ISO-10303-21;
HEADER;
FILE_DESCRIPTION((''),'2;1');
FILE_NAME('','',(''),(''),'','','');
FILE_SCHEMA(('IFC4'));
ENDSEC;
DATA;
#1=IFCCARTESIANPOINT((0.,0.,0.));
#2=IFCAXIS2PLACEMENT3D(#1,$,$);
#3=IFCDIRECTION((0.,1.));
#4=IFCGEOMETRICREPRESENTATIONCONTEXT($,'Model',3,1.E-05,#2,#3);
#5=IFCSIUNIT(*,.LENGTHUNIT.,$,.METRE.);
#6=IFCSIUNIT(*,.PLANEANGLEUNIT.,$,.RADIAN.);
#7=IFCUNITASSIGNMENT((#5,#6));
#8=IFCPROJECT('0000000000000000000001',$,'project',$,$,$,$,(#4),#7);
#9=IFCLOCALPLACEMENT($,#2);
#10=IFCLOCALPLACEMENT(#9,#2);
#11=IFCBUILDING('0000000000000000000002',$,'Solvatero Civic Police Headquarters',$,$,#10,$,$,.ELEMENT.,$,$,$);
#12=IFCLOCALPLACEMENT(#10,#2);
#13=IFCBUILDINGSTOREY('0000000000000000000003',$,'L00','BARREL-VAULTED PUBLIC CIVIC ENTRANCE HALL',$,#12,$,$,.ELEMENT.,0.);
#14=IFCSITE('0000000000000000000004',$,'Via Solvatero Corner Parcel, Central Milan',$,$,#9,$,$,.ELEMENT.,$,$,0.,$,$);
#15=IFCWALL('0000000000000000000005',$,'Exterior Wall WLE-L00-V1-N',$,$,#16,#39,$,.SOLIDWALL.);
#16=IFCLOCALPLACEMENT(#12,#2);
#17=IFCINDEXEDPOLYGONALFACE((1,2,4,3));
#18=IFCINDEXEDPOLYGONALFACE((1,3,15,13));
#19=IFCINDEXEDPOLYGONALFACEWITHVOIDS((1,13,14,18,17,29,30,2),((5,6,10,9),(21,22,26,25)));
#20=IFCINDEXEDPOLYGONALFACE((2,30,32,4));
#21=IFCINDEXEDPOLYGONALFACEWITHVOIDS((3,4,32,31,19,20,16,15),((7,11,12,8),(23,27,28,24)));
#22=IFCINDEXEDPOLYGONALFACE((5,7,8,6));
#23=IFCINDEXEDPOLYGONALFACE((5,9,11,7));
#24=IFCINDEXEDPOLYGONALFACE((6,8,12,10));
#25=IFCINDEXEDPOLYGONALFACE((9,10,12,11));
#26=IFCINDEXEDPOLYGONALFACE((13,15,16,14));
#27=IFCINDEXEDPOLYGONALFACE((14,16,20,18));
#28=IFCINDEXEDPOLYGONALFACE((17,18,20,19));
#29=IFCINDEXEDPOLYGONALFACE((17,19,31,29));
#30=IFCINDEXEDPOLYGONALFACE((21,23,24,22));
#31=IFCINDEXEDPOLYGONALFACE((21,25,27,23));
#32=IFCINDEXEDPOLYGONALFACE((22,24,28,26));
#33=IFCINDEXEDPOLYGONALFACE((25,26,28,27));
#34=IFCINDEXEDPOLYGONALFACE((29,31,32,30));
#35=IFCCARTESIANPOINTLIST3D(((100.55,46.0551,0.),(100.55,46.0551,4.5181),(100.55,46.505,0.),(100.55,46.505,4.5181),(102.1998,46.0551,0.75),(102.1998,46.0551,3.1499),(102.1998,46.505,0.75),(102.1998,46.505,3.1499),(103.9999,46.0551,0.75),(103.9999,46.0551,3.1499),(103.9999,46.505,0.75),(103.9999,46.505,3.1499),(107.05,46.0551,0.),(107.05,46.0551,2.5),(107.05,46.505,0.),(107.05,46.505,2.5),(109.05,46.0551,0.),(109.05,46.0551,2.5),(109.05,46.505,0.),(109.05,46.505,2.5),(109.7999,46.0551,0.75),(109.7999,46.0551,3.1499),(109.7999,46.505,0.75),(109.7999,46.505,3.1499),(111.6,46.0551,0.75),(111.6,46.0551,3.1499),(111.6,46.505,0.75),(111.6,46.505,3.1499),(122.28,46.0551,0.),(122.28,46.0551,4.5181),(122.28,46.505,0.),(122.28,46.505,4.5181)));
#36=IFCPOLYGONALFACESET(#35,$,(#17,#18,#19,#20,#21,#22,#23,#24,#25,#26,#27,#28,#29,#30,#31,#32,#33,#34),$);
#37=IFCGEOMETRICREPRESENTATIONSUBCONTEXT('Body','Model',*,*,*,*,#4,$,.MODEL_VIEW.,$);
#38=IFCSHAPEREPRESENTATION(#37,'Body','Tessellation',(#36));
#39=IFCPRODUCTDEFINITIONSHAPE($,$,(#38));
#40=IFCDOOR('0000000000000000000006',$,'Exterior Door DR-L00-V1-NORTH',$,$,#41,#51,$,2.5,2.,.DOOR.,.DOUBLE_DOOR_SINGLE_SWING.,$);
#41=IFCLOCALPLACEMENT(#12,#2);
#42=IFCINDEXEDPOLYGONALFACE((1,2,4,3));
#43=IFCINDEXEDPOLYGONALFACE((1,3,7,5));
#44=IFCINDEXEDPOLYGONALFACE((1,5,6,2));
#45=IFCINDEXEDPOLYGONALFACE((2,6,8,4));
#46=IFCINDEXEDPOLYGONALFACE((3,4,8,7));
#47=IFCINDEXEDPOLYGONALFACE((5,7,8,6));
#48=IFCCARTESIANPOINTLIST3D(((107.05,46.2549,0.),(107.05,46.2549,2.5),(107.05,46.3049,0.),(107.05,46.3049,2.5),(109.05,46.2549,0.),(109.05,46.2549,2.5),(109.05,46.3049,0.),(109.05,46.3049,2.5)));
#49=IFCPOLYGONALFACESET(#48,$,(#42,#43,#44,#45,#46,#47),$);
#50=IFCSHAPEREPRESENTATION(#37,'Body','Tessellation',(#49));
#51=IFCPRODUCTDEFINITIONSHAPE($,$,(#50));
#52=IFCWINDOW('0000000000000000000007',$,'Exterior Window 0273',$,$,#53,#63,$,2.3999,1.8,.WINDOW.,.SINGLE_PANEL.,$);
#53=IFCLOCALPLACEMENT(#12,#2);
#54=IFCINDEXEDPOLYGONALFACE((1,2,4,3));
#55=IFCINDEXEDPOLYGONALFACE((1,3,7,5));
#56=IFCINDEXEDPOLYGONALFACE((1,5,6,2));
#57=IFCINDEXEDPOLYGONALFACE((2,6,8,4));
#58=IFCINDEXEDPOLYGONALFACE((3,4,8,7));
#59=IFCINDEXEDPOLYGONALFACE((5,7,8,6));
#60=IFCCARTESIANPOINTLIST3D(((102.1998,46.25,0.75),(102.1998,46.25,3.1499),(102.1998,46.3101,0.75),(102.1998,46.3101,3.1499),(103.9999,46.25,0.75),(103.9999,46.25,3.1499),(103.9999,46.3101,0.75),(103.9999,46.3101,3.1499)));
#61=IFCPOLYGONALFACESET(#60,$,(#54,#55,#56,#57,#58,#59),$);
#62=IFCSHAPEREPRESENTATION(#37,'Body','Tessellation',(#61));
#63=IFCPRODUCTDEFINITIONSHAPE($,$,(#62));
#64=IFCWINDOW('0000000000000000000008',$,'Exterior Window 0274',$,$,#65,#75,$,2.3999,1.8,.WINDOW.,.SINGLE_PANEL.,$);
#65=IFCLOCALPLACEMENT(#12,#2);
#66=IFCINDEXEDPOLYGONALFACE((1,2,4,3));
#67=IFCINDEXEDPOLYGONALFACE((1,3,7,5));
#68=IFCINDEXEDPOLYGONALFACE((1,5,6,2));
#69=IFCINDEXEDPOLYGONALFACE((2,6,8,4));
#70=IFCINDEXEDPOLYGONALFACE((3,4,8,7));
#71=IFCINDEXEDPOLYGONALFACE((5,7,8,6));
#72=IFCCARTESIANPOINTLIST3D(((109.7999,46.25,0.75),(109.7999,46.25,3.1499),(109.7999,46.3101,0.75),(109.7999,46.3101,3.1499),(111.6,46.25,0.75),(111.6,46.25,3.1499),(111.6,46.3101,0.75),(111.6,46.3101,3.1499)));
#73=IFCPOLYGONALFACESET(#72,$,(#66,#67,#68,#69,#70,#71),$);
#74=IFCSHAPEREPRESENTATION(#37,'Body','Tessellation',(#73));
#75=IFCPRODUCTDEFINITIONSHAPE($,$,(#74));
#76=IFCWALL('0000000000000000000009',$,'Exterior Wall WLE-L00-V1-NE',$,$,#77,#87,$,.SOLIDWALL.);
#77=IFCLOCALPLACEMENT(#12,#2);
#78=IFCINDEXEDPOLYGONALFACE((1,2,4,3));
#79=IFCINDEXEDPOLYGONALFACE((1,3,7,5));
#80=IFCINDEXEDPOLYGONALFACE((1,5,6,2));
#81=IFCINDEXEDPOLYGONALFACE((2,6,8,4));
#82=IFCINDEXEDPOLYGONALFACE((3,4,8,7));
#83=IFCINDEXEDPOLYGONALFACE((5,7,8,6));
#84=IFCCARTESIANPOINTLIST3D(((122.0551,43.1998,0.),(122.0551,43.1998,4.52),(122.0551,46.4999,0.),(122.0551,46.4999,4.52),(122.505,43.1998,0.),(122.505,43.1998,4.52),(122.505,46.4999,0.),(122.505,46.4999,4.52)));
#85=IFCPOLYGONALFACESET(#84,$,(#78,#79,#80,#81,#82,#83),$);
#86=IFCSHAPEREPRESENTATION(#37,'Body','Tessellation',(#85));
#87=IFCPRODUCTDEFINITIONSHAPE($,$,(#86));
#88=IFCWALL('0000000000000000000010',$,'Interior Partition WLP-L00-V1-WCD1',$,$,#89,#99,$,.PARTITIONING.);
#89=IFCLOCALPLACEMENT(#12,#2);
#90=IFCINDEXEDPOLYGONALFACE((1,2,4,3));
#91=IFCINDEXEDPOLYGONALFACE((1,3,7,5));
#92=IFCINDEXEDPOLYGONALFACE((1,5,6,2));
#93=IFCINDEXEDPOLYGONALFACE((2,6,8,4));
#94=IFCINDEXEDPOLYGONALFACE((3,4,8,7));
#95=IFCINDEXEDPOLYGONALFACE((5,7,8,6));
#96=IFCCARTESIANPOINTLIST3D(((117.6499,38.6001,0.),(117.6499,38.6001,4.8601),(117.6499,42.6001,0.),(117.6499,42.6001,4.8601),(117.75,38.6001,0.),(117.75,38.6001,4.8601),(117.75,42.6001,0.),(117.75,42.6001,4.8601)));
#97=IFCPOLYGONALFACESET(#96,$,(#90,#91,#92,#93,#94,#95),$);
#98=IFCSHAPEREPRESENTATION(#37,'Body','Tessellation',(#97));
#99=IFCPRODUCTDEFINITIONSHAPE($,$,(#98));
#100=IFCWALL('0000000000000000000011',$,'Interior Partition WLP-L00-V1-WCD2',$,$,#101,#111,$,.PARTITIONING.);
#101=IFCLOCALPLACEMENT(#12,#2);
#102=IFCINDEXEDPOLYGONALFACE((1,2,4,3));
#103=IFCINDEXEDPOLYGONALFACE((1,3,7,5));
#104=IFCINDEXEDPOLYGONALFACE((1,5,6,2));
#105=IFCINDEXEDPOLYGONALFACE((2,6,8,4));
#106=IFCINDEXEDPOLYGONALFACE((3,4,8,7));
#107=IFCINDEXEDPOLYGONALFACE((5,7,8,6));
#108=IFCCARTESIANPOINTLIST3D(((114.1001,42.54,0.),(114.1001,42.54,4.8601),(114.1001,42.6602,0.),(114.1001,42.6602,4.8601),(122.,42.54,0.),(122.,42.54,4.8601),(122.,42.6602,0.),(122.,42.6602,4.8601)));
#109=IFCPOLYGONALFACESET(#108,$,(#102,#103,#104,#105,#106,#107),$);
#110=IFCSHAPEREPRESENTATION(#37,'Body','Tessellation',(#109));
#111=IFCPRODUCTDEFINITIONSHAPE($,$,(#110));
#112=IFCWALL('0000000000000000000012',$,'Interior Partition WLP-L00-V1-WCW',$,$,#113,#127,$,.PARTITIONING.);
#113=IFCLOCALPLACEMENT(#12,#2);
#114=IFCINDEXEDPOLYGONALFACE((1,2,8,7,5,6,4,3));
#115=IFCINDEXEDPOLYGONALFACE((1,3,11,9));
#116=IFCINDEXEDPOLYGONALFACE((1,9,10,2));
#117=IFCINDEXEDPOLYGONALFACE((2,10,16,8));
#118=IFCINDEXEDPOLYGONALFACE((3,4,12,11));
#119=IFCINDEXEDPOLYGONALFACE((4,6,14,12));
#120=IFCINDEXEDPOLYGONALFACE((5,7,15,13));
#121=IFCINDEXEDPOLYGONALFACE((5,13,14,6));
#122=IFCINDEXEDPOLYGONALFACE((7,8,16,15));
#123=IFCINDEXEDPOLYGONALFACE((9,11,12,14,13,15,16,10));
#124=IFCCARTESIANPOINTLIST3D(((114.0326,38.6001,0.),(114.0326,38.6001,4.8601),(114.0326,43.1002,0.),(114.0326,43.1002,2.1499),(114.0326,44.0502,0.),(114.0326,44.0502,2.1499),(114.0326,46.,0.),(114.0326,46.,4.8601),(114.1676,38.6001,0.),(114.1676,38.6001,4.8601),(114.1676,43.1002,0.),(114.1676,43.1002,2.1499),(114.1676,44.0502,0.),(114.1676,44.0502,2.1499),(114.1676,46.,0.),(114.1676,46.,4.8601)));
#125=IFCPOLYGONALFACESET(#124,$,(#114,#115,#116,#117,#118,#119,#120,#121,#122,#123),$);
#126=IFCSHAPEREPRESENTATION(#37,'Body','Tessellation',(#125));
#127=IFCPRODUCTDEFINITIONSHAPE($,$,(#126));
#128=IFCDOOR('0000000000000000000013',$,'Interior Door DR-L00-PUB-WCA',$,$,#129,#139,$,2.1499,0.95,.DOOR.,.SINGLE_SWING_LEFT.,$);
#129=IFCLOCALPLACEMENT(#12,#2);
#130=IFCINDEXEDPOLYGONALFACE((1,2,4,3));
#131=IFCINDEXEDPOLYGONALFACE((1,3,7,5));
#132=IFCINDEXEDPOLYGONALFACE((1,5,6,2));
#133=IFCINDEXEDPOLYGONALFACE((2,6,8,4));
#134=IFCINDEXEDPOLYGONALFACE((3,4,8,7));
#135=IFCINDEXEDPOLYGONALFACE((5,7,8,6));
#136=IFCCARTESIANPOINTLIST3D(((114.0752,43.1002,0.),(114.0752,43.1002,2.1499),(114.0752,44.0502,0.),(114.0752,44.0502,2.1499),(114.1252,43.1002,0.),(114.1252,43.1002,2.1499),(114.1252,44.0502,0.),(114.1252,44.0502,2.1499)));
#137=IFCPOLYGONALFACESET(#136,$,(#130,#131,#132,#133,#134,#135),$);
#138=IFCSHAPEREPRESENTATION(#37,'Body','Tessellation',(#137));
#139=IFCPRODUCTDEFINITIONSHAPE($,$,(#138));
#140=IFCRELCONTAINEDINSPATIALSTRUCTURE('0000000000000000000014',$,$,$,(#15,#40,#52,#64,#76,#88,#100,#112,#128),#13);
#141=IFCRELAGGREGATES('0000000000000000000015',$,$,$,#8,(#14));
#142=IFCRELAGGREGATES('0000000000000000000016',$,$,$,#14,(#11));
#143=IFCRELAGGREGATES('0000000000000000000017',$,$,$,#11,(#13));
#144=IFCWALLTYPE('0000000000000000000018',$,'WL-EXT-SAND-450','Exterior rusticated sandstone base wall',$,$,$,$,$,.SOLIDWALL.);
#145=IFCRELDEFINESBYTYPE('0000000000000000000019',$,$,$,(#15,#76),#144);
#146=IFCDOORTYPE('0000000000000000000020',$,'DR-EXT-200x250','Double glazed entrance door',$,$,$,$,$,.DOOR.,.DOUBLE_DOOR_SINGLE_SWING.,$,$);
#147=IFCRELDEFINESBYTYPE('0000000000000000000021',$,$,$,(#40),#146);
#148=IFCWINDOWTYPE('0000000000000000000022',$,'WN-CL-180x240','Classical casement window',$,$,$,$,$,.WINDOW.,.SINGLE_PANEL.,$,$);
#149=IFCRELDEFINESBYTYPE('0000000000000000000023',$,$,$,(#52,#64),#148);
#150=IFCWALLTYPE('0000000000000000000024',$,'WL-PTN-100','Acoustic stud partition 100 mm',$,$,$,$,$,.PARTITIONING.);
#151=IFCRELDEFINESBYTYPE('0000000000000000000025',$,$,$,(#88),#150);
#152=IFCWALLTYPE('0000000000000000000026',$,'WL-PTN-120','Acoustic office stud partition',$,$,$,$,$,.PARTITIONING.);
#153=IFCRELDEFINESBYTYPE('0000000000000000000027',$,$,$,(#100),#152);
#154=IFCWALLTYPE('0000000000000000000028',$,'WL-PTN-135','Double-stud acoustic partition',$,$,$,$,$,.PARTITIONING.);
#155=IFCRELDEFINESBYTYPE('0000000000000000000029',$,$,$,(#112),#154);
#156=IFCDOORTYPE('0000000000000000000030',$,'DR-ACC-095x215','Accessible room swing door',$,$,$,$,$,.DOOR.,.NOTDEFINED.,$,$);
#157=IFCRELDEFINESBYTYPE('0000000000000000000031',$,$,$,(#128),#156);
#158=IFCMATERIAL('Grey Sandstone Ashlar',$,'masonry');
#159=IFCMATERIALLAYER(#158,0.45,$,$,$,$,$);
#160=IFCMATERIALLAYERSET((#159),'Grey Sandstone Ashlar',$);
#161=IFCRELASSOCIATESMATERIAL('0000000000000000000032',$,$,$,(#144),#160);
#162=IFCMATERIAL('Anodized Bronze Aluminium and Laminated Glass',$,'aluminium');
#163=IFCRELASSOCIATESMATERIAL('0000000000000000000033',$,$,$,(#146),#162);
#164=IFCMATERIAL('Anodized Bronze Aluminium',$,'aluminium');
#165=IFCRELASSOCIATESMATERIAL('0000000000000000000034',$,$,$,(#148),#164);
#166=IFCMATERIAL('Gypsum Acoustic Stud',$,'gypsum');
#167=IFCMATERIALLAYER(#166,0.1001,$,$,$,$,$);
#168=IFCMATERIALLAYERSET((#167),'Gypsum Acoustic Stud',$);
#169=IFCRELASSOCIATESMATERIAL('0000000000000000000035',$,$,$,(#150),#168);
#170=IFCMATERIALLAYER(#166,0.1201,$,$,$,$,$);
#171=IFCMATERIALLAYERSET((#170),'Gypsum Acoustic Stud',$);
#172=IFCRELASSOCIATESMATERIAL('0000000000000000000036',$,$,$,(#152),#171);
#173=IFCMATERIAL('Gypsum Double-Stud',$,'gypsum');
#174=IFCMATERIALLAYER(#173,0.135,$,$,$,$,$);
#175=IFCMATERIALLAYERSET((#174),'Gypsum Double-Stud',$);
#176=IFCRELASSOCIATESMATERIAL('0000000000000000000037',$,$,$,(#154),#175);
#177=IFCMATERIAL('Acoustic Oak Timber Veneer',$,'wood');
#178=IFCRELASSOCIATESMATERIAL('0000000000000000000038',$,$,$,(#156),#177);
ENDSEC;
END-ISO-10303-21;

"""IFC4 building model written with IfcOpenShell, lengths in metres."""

from ifc_helpers import new_model, si_unit, direction, frame, frame_2d, origin, place, context, subcontext, project, spatial, rectangle, extrude, material, layer, layer_set, type_object, element, fill, save


model = new_model("IFC4")

# Units and contexts
model_context = context("Model", 3, precision=1e-05, world=origin(), true_north=direction((0.0, 1.0)))
body_context = subcontext(model_context, "Body", "Model", "MODEL_VIEW")
ifc_project = project(units=[si_unit("LENGTHUNIT", "METRE"), si_unit("PLANEANGLEUNIT", "RADIAN")], contexts=[model_context])

# Site, building, storey
site_placement = place(None, origin())
site = spatial("IfcSite", under=ifc_project, at=site_placement, Name="Via Solvatero Corner Parcel, Central Milan", CompositionType="ELEMENT", RefElevation=0.0)
building_placement = place(site_placement, origin())
building = spatial("IfcBuilding", under=site, at=building_placement, Name="Solvatero Civic Police Headquarters", CompositionType="ELEMENT")
storey_placement = place(building_placement, origin())
storey = spatial("IfcBuildingStorey", under=building, at=storey_placement, Name="L00", Description="BARREL-VAULTED PUBLIC CIVIC ENTRANCE HALL", CompositionType="ELEMENT", Elevation=0.0)

# Wall, openings, door, windows
ifc_material_1 = material(Name="Grey Sandstone Ashlar", Category="masonry")
ifc_layer_1 = layer(ifc_material_1, 0.45)
ifc_layer_set_1 = layer_set([ifc_layer_1], Name="Grey Sandstone Ashlar")
wall_type_1 = type_object("IfcWallType", Name="WL-EXT-SAND-450", Description="Exterior rusticated sandstone base wall", PredefinedType="SOLIDWALL", material=ifc_layer_set_1)
ifc_material_2 = material(Name="Anodized Bronze Aluminium and Laminated Glass", Category="aluminium")
ifc_material_3 = material(Name="Anodized Bronze Aluminium", Category="aluminium")
wall_1_placement = place(storey_placement, frame((100.55, 46.28, 0.0), z_axis=(0.0, 0.0, 1.0), x_axis=(1.0, 0.0, 0.0)))
wall_1 = element("IfcWall", 1, at=wall_1_placement, inside=storey, type_object=wall_type_1, Name="Exterior Wall WLE-L00-V1-N", PredefinedType="SOLIDWALL", context=body_context, shape_type="SweptSolid", body=[
    extrude(rectangle(XDim=21.73, YDim=0.45, at=frame_2d((10.865, 0.0))), origin(), (0.0, 0.0, 1.0), 4.5181),
])
opening_1_placement = place(wall_1_placement, frame((6.5, 0.0, 0.0)))
opening_1 = element("IfcOpeningElement", 2, at=opening_1_placement, cuts=wall_1, PredefinedType="OPENING", context=body_context, shape_type="SweptSolid", body=[
    extrude(rectangle(XDim=2.0, YDim=2.5, at=frame_2d((1.0, 1.25))), frame((0.0, 0.2349, 0.0), z_axis=(0.0, -1.0, 0.0), x_axis=(1.0, 0.0, 0.0)), (0.0, 0.0, 1.0), 0.47),
])
opening_2_placement = place(wall_1_placement, frame((1.6499, 0.0, 0.75)))
opening_2 = element("IfcOpeningElement", 3, at=opening_2_placement, cuts=wall_1, PredefinedType="OPENING", context=body_context, shape_type="SweptSolid", body=[
    extrude(rectangle(XDim=1.8, YDim=2.3999, at=frame_2d((0.8999, 1.2))), frame((0.0, 0.2349, 0.0), z_axis=(0.0, -1.0, 0.0), x_axis=(1.0, 0.0, 0.0)), (0.0, 0.0, 1.0), 0.47),
])
opening_3_placement = place(wall_1_placement, frame((9.25, 0.0, 0.75)))
opening_3 = element("IfcOpeningElement", 4, at=opening_3_placement, cuts=wall_1, PredefinedType="OPENING", context=body_context, shape_type="SweptSolid", body=[
    extrude(rectangle(XDim=1.8, YDim=2.3999, at=frame_2d((0.8999, 1.2))), frame((0.0, 0.2349, 0.0), z_axis=(0.0, -1.0, 0.0), x_axis=(1.0, 0.0, 0.0)), (0.0, 0.0, 1.0), 0.47),
])
door_type_1 = type_object("IfcDoorType", Name="DR-EXT-200x250", Description="Double glazed entrance door", OperationType="DOUBLE_DOOR_SINGLE_SWING", PredefinedType="DOOR", material=ifc_material_2)
door_1_placement = place(opening_1_placement, origin())
door_1 = element("IfcDoor", 5, at=door_1_placement, inside=storey, type_object=door_type_1, Name="Exterior Door DR-L00-V1-NORTH", OperationType="DOUBLE_DOOR_SINGLE_SWING", OverallHeight=2.5, OverallWidth=2.0, PredefinedType="DOOR", context=body_context, shape_type="SweptSolid", body=[
    extrude(rectangle(XDim=2.0, YDim=2.5, at=frame_2d((1.0, 1.25))), frame((0.0, 0.0249, 0.0), z_axis=(0.0, -1.0, 0.0), x_axis=(1.0, 0.0, 0.0)), (0.0, 0.0, 1.0), 0.05),
])
fill(opening_1, door_1)
window_type_1 = type_object("IfcWindowType", Name="WN-CL-180x240", Description="Classical casement window", PartitioningType="SINGLE_PANEL", PredefinedType="WINDOW", material=ifc_material_3)
window_1_placement = place(opening_2_placement, origin())
window_1 = element("IfcWindow", 6, at=window_1_placement, inside=storey, type_object=window_type_1, Name="Exterior Window 0273", OverallHeight=2.3999, OverallWidth=1.8, PartitioningType="SINGLE_PANEL", PredefinedType="WINDOW", context=body_context, shape_type="SweptSolid", body=[
    extrude(rectangle(XDim=1.8, YDim=2.3999, at=frame_2d((0.8999, 1.2))), frame((0.0, 0.03, 0.0), z_axis=(0.0, -1.0, 0.0), x_axis=(1.0, 0.0, 0.0)), (0.0, 0.0, 1.0), 0.0601),
])
fill(opening_2, window_1)
window_2_placement = place(opening_3_placement, origin())
window_2 = element("IfcWindow", 7, at=window_2_placement, inside=storey, type_object=window_type_1, Name="Exterior Window 0274", OverallHeight=2.3999, OverallWidth=1.8, PartitioningType="SINGLE_PANEL", PredefinedType="WINDOW", context=body_context, shape_type="SweptSolid", body=[
    extrude(rectangle(XDim=1.8, YDim=2.3999, at=frame_2d((0.8999, 1.2))), frame((0.0, 0.03, 0.0), z_axis=(0.0, -1.0, 0.0), x_axis=(1.0, 0.0, 0.0)), (0.0, 0.0, 1.0), 0.0601),
])
fill(opening_3, window_2)

# Walls
wall_2_placement = place(storey_placement, frame((122.28, 43.2, 0.0), z_axis=(0.0, 0.0, 1.0), x_axis=(0.0, 1.0, 0.0)))
element("IfcWall", 8, at=wall_2_placement, inside=storey, type_object=wall_type_1, Name="Exterior Wall WLE-L00-V1-NE", PredefinedType="SOLIDWALL", context=body_context, shape_type="SweptSolid", body=[
    extrude(rectangle(XDim=3.3, YDim=0.45, at=frame_2d((1.6499, 0.0))), origin(), (0.0, 0.0, 1.0), 4.52),
])
ifc_material_4 = material(Name="Gypsum Acoustic Stud", Category="gypsum")
ifc_layer_2 = layer(ifc_material_4, 0.1001)
ifc_layer_set_2 = layer_set([ifc_layer_2], Name="Gypsum Acoustic Stud")
wall_type_2 = type_object("IfcWallType", Name="WL-PTN-100", Description="Acoustic stud partition 100 mm", PredefinedType="PARTITIONING", material=ifc_layer_set_2)
wall_3_placement = place(storey_placement, frame((117.7, 38.6001, 0.0), z_axis=(0.0, 0.0, 1.0), x_axis=(0.0, 1.0, 0.0)))
element("IfcWall", 9, at=wall_3_placement, inside=storey, type_object=wall_type_2, Name="Interior Partition WLP-L00-V1-WCD1", PredefinedType="PARTITIONING", context=body_context, shape_type="SweptSolid", body=[
    extrude(rectangle(XDim=4.0, YDim=0.1001, at=frame_2d((2.0, 0.0))), origin(), (0.0, 0.0, 1.0), 4.8601),
])
ifc_layer_3 = layer(ifc_material_4, 0.1201)
ifc_layer_set_3 = layer_set([ifc_layer_3], Name="Gypsum Acoustic Stud")
wall_type_3 = type_object("IfcWallType", Name="WL-PTN-120", Description="Acoustic office stud partition", PredefinedType="PARTITIONING", material=ifc_layer_set_3)
wall_4_placement = place(storey_placement, frame((114.1001, 42.6001, 0.0), z_axis=(0.0, 0.0, 1.0), x_axis=(1.0, 0.0, 0.0)))
element("IfcWall", 10, at=wall_4_placement, inside=storey, type_object=wall_type_3, Name="Interior Partition WLP-L00-V1-WCD2", PredefinedType="PARTITIONING", context=body_context, shape_type="SweptSolid", body=[
    extrude(rectangle(XDim=7.8999, YDim=0.1201, at=frame_2d((3.95, 0.0))), origin(), (0.0, 0.0, 1.0), 4.8601),
])

# Wall, opening, door
ifc_material_5 = material(Name="Gypsum Double-Stud", Category="gypsum")
ifc_layer_4 = layer(ifc_material_5, 0.135)
ifc_layer_set_4 = layer_set([ifc_layer_4], Name="Gypsum Double-Stud")
wall_type_4 = type_object("IfcWallType", Name="WL-PTN-135", Description="Double-stud acoustic partition", PredefinedType="PARTITIONING", material=ifc_layer_set_4)
wall_5_placement = place(storey_placement, frame((114.1001, 38.6001, 0.0), z_axis=(0.0, 0.0, 1.0), x_axis=(0.0, 1.0, 0.0)))
wall_5 = element("IfcWall", 11, at=wall_5_placement, inside=storey, type_object=wall_type_4, Name="Interior Partition WLP-L00-V1-WCW", PredefinedType="PARTITIONING", context=body_context, shape_type="SweptSolid", body=[
    extrude(rectangle(XDim=7.3999, YDim=0.135, at=frame_2d((3.7, 0.0))), origin(), (0.0, 0.0, 1.0), 4.8601),
])
opening_4_placement = place(wall_5_placement, frame((4.5, 0.0, 0.0)))
opening_4 = element("IfcOpeningElement", 12, at=opening_4_placement, cuts=wall_5, PredefinedType="OPENING", context=body_context, shape_type="SweptSolid", body=[
    extrude(rectangle(XDim=0.95, YDim=2.1499, at=frame_2d((0.4751, 1.075))), frame((0.0, 0.0774, 0.0), z_axis=(0.0, -1.0, 0.0), x_axis=(1.0, 0.0, 0.0)), (0.0, 0.0, 1.0), 0.155),
])
ifc_material_6 = material(Name="Acoustic Oak Timber Veneer", Category="wood")
door_type_2 = type_object("IfcDoorType", Name="DR-ACC-095x215", Description="Accessible room swing door", OperationType="NOTDEFINED", PredefinedType="DOOR", material=ifc_material_6)
door_2_placement = place(opening_4_placement, origin())
door_2 = element("IfcDoor", 13, at=door_2_placement, inside=storey, type_object=door_type_2, Name="Interior Door DR-L00-PUB-WCA", OperationType="SINGLE_SWING_LEFT", OverallHeight=2.1499, OverallWidth=0.95, PredefinedType="DOOR", context=body_context, shape_type="SweptSolid", body=[
    extrude(rectangle(XDim=0.95, YDim=2.1499, at=frame_2d((0.4751, 1.075))), frame((0.0, 0.0249, 0.0), z_axis=(0.0, -1.0, 0.0), x_axis=(1.0, 0.0, 0.0)), (0.0, 0.0, 1.0), 0.05),
])
fill(opening_4, door_2)

save(model, "model.ifc")
